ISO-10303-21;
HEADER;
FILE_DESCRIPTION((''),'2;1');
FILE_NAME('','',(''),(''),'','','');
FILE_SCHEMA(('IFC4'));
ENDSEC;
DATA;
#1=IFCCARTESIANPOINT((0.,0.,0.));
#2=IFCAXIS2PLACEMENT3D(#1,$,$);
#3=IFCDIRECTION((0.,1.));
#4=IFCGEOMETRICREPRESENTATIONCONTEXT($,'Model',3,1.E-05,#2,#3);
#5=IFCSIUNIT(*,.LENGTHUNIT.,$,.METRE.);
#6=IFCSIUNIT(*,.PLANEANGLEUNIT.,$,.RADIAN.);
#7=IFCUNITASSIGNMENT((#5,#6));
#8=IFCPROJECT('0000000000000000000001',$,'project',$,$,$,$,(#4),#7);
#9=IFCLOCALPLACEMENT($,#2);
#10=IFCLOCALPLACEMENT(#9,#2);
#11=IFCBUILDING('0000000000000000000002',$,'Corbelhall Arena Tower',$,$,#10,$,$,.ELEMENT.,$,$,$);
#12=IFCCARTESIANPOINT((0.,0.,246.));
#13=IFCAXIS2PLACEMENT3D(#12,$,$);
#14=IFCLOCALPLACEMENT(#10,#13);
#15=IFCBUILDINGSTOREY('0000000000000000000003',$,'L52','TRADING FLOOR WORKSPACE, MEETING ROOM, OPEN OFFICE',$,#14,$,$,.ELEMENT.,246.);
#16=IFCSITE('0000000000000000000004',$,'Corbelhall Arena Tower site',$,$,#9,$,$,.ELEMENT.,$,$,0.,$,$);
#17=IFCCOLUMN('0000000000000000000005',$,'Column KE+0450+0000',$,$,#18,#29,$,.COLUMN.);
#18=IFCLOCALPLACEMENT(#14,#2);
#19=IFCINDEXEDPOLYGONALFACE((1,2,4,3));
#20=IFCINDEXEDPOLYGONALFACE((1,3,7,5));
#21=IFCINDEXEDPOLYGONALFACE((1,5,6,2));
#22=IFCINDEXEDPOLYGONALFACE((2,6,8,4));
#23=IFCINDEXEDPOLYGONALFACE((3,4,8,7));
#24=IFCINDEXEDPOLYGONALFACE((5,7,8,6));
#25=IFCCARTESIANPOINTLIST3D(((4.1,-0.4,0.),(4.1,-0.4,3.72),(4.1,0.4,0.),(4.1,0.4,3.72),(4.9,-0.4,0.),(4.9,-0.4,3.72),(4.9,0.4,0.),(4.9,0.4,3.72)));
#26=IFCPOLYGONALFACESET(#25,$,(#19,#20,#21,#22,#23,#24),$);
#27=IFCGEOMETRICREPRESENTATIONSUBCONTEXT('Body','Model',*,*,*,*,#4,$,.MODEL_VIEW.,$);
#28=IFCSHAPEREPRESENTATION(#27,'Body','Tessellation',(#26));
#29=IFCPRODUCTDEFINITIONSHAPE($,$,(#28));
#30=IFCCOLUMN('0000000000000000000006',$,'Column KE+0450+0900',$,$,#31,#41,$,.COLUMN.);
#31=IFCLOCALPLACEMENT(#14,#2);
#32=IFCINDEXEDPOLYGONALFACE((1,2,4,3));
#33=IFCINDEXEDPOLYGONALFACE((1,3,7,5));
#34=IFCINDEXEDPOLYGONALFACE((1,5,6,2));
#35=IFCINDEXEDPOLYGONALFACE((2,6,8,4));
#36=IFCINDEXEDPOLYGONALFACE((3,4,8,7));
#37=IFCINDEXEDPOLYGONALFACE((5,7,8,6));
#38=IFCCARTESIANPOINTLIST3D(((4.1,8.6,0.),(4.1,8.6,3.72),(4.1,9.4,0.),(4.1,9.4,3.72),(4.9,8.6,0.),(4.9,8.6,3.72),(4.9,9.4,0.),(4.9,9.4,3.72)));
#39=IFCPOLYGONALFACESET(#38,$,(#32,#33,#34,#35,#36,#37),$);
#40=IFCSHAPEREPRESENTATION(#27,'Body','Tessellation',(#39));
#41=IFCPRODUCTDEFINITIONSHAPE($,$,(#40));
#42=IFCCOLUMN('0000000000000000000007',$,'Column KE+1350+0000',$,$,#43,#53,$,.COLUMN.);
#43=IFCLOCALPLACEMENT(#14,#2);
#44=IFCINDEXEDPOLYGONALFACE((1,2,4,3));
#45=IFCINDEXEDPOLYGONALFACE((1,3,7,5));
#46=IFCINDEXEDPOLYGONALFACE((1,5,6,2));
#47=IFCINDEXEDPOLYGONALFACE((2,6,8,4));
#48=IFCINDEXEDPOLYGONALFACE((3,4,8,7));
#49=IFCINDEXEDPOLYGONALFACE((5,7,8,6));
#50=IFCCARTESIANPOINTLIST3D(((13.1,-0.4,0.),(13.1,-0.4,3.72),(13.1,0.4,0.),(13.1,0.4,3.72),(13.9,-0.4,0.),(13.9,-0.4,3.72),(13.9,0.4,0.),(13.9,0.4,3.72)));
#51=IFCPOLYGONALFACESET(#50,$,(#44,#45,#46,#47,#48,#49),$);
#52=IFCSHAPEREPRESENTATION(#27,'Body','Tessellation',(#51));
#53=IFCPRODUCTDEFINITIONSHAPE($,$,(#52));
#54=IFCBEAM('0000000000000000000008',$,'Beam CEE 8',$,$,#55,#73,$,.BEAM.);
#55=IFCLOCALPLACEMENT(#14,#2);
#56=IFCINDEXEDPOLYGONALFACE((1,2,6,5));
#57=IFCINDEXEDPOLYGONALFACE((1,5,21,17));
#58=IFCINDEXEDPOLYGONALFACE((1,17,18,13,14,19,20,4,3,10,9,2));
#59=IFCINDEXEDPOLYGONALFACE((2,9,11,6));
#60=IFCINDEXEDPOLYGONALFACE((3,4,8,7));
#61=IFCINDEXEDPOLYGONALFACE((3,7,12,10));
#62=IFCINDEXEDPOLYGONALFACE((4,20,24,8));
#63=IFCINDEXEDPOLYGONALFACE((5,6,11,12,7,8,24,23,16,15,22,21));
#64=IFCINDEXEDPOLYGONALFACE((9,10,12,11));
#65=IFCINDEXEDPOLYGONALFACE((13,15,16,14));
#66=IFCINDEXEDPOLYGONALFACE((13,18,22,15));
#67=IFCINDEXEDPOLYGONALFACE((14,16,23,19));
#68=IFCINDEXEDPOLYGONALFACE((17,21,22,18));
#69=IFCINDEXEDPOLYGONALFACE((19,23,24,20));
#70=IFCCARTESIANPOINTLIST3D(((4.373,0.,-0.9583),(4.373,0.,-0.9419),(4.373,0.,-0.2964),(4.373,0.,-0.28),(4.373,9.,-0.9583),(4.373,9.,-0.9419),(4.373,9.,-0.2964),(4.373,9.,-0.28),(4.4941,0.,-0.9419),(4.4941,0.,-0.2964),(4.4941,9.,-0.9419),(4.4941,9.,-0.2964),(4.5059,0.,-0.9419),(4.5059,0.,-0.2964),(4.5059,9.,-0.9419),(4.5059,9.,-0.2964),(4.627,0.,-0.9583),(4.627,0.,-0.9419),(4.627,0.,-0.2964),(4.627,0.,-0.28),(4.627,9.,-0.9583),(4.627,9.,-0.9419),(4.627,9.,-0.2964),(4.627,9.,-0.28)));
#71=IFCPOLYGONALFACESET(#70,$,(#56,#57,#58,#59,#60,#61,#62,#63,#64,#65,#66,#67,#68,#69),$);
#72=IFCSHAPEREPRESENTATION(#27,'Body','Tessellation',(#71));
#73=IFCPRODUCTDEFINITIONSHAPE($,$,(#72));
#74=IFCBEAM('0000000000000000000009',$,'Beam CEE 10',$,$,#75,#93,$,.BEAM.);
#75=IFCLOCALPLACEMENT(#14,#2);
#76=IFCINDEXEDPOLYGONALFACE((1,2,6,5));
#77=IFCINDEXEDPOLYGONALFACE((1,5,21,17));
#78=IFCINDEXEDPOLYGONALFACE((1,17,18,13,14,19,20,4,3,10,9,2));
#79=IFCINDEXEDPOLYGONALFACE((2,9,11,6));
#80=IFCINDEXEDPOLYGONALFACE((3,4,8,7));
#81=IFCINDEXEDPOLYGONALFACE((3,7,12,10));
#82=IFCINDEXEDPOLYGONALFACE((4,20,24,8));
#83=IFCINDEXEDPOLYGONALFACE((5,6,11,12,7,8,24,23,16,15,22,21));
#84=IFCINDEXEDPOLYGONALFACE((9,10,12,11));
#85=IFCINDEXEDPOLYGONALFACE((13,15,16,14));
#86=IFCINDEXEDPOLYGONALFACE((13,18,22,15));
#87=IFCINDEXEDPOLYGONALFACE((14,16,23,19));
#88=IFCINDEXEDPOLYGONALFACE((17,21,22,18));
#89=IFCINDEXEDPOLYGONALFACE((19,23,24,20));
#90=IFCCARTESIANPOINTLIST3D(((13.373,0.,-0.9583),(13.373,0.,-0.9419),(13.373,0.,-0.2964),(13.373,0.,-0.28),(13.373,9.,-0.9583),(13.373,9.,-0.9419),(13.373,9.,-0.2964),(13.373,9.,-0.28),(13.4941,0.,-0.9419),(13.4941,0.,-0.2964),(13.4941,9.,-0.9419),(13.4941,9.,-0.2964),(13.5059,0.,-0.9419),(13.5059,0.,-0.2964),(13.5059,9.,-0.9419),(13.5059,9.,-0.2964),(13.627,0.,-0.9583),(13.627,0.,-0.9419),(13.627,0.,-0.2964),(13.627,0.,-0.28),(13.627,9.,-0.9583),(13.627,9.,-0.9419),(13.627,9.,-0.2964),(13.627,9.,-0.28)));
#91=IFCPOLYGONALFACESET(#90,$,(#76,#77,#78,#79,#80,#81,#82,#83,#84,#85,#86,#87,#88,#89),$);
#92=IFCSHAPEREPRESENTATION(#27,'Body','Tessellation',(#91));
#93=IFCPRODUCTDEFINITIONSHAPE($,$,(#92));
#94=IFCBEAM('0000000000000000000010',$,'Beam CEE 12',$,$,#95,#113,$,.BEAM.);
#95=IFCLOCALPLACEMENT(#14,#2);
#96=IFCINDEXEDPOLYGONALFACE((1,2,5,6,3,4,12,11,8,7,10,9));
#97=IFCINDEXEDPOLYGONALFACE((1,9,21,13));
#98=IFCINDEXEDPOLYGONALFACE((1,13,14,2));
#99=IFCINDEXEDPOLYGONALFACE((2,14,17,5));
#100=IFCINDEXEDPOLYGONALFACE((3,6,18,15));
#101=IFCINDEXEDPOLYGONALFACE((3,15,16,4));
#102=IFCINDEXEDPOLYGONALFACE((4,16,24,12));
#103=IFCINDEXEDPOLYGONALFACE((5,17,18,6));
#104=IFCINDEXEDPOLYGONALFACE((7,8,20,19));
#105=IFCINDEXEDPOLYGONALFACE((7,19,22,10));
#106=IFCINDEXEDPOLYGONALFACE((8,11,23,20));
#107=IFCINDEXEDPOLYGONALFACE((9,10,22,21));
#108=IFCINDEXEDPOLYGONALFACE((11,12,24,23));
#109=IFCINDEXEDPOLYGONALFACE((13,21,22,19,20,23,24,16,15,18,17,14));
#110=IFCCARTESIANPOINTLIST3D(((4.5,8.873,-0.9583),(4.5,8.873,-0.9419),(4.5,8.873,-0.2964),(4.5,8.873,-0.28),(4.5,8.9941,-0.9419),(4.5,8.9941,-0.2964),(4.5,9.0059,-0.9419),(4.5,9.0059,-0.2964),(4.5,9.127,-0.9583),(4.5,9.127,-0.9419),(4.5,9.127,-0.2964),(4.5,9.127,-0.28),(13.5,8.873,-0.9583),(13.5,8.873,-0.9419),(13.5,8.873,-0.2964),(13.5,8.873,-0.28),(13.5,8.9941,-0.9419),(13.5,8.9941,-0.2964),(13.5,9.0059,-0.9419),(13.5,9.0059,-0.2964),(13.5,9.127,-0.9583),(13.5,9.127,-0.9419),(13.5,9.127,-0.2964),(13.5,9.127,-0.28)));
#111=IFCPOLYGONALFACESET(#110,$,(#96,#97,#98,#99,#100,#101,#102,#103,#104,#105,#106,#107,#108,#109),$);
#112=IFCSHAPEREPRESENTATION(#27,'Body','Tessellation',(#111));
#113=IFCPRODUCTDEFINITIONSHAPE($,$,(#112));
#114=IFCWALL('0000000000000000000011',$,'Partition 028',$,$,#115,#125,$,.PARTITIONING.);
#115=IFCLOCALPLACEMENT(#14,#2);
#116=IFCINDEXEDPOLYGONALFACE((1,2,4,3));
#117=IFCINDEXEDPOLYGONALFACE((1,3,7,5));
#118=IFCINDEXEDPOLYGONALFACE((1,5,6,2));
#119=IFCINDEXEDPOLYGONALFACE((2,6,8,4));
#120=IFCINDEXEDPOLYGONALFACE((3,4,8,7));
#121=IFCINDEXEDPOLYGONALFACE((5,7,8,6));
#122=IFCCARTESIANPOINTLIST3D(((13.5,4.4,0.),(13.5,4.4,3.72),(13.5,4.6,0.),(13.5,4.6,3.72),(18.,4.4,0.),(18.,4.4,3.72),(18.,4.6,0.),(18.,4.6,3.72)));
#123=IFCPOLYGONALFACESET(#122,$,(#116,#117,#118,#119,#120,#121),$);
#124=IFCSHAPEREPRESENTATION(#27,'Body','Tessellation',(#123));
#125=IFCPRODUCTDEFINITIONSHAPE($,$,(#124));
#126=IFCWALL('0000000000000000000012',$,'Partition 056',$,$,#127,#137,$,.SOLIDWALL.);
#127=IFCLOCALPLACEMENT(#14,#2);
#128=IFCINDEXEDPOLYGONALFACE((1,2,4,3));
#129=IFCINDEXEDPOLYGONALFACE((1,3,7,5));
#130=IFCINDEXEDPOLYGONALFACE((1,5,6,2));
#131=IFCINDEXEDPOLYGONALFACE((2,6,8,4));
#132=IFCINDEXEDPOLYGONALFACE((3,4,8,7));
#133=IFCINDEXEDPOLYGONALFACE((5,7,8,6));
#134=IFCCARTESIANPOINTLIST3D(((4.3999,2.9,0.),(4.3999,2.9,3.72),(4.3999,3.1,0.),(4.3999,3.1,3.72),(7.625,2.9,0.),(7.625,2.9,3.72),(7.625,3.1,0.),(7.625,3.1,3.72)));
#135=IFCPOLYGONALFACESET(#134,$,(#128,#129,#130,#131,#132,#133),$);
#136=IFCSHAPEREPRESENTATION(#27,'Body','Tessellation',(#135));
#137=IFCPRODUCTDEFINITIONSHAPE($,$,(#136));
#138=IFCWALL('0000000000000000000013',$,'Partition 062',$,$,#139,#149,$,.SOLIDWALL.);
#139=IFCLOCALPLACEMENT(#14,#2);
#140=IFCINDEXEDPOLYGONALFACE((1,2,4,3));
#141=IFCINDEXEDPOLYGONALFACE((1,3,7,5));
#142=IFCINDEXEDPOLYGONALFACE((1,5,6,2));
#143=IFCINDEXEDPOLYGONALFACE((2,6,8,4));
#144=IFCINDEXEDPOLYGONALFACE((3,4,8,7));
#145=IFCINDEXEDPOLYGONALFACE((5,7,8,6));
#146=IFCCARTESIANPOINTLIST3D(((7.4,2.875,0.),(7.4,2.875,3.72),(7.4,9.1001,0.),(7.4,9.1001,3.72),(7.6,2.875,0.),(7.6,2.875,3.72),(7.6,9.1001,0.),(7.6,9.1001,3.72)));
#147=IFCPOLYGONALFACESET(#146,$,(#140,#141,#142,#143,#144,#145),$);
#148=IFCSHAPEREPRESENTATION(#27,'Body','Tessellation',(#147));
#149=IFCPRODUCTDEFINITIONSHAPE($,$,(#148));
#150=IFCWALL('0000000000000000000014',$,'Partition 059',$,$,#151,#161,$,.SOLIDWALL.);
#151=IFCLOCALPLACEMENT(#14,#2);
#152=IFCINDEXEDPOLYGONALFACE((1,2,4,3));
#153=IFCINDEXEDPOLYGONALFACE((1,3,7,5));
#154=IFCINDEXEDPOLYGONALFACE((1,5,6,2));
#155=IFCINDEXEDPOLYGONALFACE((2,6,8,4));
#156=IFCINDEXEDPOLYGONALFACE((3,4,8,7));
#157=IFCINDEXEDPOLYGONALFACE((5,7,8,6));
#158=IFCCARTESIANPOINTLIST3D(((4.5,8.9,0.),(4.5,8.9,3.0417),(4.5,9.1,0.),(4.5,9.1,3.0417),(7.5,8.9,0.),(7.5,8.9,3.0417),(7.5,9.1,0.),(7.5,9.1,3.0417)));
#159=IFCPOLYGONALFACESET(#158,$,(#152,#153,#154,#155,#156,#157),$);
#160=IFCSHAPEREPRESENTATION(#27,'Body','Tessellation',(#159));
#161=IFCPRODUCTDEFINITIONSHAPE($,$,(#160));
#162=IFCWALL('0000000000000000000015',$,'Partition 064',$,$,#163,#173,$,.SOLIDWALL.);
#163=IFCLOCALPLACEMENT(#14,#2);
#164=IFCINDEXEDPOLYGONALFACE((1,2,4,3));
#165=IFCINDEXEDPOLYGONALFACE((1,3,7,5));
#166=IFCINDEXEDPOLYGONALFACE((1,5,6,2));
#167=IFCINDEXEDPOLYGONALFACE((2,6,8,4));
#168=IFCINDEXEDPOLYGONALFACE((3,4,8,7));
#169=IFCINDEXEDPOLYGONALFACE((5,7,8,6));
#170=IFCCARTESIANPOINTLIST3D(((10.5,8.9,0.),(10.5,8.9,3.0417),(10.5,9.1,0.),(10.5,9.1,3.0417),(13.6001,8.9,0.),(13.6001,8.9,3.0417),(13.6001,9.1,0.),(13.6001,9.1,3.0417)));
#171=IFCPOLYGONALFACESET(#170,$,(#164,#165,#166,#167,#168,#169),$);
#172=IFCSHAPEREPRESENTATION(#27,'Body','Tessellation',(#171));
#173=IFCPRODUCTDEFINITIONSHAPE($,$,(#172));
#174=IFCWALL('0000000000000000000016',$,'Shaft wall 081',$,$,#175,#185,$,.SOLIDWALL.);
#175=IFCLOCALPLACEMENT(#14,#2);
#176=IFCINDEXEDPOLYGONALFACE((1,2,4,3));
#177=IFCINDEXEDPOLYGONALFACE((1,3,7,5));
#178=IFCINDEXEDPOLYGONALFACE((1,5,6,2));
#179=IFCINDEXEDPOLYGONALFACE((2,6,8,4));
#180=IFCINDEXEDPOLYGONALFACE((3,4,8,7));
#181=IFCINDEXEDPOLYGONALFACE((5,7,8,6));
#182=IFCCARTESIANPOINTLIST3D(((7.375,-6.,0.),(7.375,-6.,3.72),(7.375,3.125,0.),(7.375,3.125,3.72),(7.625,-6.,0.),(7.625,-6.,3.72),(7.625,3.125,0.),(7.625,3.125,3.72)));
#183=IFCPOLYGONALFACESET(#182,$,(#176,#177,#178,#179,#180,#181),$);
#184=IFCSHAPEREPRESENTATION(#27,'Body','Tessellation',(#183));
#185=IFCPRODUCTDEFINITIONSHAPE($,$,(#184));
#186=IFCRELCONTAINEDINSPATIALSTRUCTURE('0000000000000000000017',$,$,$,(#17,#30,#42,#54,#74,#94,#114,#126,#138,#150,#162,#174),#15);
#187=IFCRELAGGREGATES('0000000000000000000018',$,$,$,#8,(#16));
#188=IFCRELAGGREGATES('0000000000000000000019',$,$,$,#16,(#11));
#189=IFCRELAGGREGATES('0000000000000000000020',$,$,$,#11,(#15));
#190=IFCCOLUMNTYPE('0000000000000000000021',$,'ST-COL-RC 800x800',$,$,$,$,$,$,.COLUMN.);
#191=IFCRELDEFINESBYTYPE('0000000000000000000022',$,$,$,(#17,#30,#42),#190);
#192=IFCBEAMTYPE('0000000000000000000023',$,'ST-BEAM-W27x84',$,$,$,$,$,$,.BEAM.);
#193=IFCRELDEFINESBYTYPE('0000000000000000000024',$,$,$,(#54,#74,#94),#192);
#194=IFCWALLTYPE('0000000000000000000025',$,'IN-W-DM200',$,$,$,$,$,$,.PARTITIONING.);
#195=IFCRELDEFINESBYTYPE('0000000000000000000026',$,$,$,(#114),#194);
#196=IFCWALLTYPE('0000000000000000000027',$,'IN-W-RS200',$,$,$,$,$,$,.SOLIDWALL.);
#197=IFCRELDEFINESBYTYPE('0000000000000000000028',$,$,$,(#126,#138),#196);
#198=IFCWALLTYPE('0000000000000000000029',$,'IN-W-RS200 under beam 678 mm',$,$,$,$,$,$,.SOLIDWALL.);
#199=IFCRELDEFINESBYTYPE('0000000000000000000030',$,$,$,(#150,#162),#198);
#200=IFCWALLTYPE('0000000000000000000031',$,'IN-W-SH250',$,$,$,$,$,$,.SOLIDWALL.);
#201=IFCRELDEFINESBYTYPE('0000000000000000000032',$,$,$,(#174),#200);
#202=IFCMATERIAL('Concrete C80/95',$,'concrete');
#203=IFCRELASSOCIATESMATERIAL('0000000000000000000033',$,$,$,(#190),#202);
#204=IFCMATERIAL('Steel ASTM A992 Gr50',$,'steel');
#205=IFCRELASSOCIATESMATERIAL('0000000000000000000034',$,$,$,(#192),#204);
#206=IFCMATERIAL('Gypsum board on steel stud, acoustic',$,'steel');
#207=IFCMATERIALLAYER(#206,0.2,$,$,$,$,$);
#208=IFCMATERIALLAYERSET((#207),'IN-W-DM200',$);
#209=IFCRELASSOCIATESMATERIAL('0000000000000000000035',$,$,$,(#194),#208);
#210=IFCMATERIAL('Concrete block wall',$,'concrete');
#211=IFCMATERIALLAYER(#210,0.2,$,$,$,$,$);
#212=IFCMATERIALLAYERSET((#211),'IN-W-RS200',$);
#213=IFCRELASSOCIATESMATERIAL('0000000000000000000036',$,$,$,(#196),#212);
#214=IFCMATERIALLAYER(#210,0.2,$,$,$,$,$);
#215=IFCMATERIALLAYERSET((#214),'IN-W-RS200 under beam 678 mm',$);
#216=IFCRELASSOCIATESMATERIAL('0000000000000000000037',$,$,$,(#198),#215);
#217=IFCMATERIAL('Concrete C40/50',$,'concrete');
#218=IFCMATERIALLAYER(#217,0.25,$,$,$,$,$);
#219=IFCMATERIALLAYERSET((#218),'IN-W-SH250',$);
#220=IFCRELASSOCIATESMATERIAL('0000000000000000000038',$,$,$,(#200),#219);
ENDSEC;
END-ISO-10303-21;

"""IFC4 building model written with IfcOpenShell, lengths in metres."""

from ifc_helpers import new_model, si_unit, direction, frame, frame_2d, origin, origin_2d, place, context, subcontext, project, spatial, rectangle, i_section, extrude, material, layer, layer_set, material_profile, profile_set, type_object, element, save


model = new_model("IFC4")

# Units and contexts
model_context = context("Model", 3, precision=1e-05, world=origin(), true_north=direction((0.0, 1.0)))
body_context = subcontext(model_context, "Body", "Model", "MODEL_VIEW")
ifc_project = project(units=[si_unit("LENGTHUNIT", "METRE"), si_unit("PLANEANGLEUNIT", "RADIAN")], contexts=[model_context])

# Site, building, storey
site_placement = place(None, origin())
site = spatial("IfcSite", under=ifc_project, at=site_placement, Name="Corbelhall Arena Tower site", CompositionType="ELEMENT", RefElevation=0.0)
building_placement = place(site_placement, origin())
building = spatial("IfcBuilding", under=site, at=building_placement, Name="Corbelhall Arena Tower", CompositionType="ELEMENT")
storey_placement = place(building_placement, frame((0.0, 0.0, 246.0)))
storey = spatial("IfcBuildingStorey", under=building, at=storey_placement, Name="L52", Description="TRADING FLOOR WORKSPACE, MEETING ROOM, OPEN OFFICE", CompositionType="ELEMENT", Elevation=246.0)

# Columns
ifc_material_1 = material(Name="Concrete C80/95", Category="concrete")
ifc_material_profile_1 = material_profile(ifc_material_1, rectangle(XDim=0.8, YDim=0.8, at=origin_2d()))
ifc_profile_set_1 = profile_set([ifc_material_profile_1], Name="Concrete C80/95")
column_type = type_object("IfcColumnType", Name="ST-COL-RC 800x800", PredefinedType="COLUMN", material=ifc_profile_set_1)
for number, where, z_axis, x_axis, name in (
    (1, (4.5, 0.0, 0.0), (0.0, 0.0, 1.0), (1.0, 0.0, 0.0), "Column KE+0450+0000"),
    (2, (4.5, 9.0, 0.0), (0.0, 0.0, 1.0), (1.0, 0.0, 0.0), "Column KE+0450+0900"),
    (3, (13.5, 0.0, 0.0), (0.0, 0.0, 1.0), (1.0, 0.0, 0.0), "Column KE+1350+0000"),
):
    element("IfcColumn", number, at=place(storey_placement, frame(where, z_axis=z_axis, x_axis=x_axis)), inside=storey, type_object=column_type, Name=name, PredefinedType="COLUMN", context=body_context, shape_type="SweptSolid", body=[
        extrude(rectangle(XDim=0.8, YDim=0.8, at=origin_2d()), origin(), (0.0, 0.0, 1.0), 3.72),
    ])

# Beams
ifc_material_2 = material(Name="Steel ASTM A992 Gr50", Category="steel")
ifc_material_profile_2 = material_profile(ifc_material_2, i_section(OverallWidth=0.2539, OverallDepth=0.6782, WebThickness=0.0117, FlangeThickness=0.0164, at=origin_2d()))
ifc_profile_set_2 = profile_set([ifc_material_profile_2], Name="Steel ASTM A992 Gr50")
beam_type = type_object("IfcBeamType", Name="ST-BEAM-W27x84", PredefinedType="BEAM", material=ifc_profile_set_2)
for number, where, z_axis, x_axis, name in (
    (4, (4.5, 0.0, -0.6191), (0.0, 1.0, 0.0), (-1.0, 0.0, 0.0), "Beam CEE 8"),
    (5, (13.5, 0.0, -0.6191), (0.0, 1.0, 0.0), (-1.0, 0.0, 0.0), "Beam CEE 10"),
    (6, (4.5, 9.0, -0.6191), (1.0, 0.0, 0.0), (0.0, 1.0, 0.0), "Beam CEE 12"),
):
    element("IfcBeam", number, at=place(storey_placement, frame(where, z_axis=z_axis, x_axis=x_axis)), inside=storey, type_object=beam_type, Name=name, PredefinedType="BEAM", context=body_context, shape_type="SweptSolid", body=[
        extrude(i_section(OverallWidth=0.2539, OverallDepth=0.6782, WebThickness=0.0117, FlangeThickness=0.0164, at=origin_2d()), origin(), (0.0, 0.0, 1.0), 9.0),
    ])

# Walls
ifc_material_3 = material(Name="Gypsum board on steel stud, acoustic", Category="steel")
ifc_layer_1 = layer(ifc_material_3, 0.2)
ifc_layer_set_1 = layer_set([ifc_layer_1], Name="IN-W-DM200")
wall_type_1 = type_object("IfcWallType", Name="IN-W-DM200", PredefinedType="PARTITIONING", material=ifc_layer_set_1)
wall_1_placement = place(storey_placement, frame((13.5, 4.5, 0.0), z_axis=(0.0, 0.0, 1.0), x_axis=(1.0, 0.0, 0.0)))
element("IfcWall", 7, at=wall_1_placement, inside=storey, type_object=wall_type_1, Name="Partition 028", PredefinedType="PARTITIONING", context=body_context, shape_type="SweptSolid", body=[
    extrude(rectangle(XDim=4.5, YDim=0.2, at=frame_2d((2.25, 0.0))), origin(), (0.0, 0.0, 1.0), 3.72),
])
ifc_material_4 = material(Name="Concrete block wall", Category="concrete")
ifc_layer_2 = layer(ifc_material_4, 0.2)
ifc_layer_set_2 = layer_set([ifc_layer_2], Name="IN-W-RS200")
wall_type_2 = type_object("IfcWallType", Name="IN-W-RS200", PredefinedType="SOLIDWALL", material=ifc_layer_set_2)
wall_2_placement = place(storey_placement, frame((4.3999, 3.0, 0.0), z_axis=(0.0, 0.0, 1.0), x_axis=(1.0, 0.0, 0.0)))
element("IfcWall", 8, at=wall_2_placement, inside=storey, type_object=wall_type_2, Name="Partition 056", PredefinedType="SOLIDWALL", context=body_context, shape_type="SweptSolid", body=[
    extrude(rectangle(XDim=3.2251, YDim=0.2, at=frame_2d((1.6125, 0.0))), origin(), (0.0, 0.0, 1.0), 3.72),
])
wall_3_placement = place(storey_placement, frame((7.5, 9.1001, 0.0), z_axis=(0.0, 0.0, 1.0), x_axis=(0.0, -1.0, 0.0)))
element("IfcWall", 9, at=wall_3_placement, inside=storey, type_object=wall_type_2, Name="Partition 062", PredefinedType="SOLIDWALL", context=body_context, shape_type="SweptSolid", body=[
    extrude(rectangle(XDim=6.2251, YDim=0.2, at=frame_2d((3.1125, 0.0))), origin(), (0.0, 0.0, 1.0), 3.72),
])

# Shared definitions
ifc_layer_3 = layer(ifc_material_4, 0.2)
ifc_layer_set_3 = layer_set([ifc_layer_3], Name="IN-W-RS200 under beam 678 mm")
wall_type_3 = type_object("IfcWallType", Name="IN-W-RS200 under beam 678 mm", PredefinedType="SOLIDWALL", material=ifc_layer_set_3)

# Walls
wall_4_placement = place(storey_placement, frame((4.5, 9.0, 0.0), z_axis=(0.0, 0.0, 1.0), x_axis=(1.0, 0.0, 0.0)))
element("IfcWall", 10, at=wall_4_placement, inside=storey, type_object=wall_type_3, Name="Partition 059", PredefinedType="SOLIDWALL", context=body_context, shape_type="SweptSolid", body=[
    extrude(rectangle(XDim=3.0, YDim=0.2, at=frame_2d((1.5, 0.0))), origin(), (0.0, 0.0, 1.0), 3.0417),
])
wall_5_placement = place(storey_placement, frame((10.5, 9.0, 0.0), z_axis=(0.0, 0.0, 1.0), x_axis=(1.0, 0.0, 0.0)))
element("IfcWall", 11, at=wall_5_placement, inside=storey, type_object=wall_type_3, Name="Partition 064", PredefinedType="SOLIDWALL", context=body_context, shape_type="SweptSolid", body=[
    extrude(rectangle(XDim=3.1001, YDim=0.2, at=frame_2d((1.55, 0.0))), origin(), (0.0, 0.0, 1.0), 3.0417),
])
ifc_material_5 = material(Name="Concrete C40/50", Category="concrete")
ifc_layer_4 = layer(ifc_material_5, 0.25)
ifc_layer_set_4 = layer_set([ifc_layer_4], Name="IN-W-SH250")
wall_type_4 = type_object("IfcWallType", Name="IN-W-SH250", PredefinedType="SOLIDWALL", material=ifc_layer_set_4)
wall_6_placement = place(storey_placement, frame((7.5, 3.125, 0.0), z_axis=(0.0, 0.0, 1.0), x_axis=(0.0, -1.0, 0.0)))
element("IfcWall", 12, at=wall_6_placement, inside=storey, type_object=wall_type_4, Name="Shaft wall 081", PredefinedType="SOLIDWALL", context=body_context, shape_type="SweptSolid", body=[
    extrude(rectangle(XDim=9.125, YDim=0.25, at=frame_2d((4.5625, 0.0))), origin(), (0.0, 0.0, 1.0), 3.72),
])

save(model, "model.ifc")
